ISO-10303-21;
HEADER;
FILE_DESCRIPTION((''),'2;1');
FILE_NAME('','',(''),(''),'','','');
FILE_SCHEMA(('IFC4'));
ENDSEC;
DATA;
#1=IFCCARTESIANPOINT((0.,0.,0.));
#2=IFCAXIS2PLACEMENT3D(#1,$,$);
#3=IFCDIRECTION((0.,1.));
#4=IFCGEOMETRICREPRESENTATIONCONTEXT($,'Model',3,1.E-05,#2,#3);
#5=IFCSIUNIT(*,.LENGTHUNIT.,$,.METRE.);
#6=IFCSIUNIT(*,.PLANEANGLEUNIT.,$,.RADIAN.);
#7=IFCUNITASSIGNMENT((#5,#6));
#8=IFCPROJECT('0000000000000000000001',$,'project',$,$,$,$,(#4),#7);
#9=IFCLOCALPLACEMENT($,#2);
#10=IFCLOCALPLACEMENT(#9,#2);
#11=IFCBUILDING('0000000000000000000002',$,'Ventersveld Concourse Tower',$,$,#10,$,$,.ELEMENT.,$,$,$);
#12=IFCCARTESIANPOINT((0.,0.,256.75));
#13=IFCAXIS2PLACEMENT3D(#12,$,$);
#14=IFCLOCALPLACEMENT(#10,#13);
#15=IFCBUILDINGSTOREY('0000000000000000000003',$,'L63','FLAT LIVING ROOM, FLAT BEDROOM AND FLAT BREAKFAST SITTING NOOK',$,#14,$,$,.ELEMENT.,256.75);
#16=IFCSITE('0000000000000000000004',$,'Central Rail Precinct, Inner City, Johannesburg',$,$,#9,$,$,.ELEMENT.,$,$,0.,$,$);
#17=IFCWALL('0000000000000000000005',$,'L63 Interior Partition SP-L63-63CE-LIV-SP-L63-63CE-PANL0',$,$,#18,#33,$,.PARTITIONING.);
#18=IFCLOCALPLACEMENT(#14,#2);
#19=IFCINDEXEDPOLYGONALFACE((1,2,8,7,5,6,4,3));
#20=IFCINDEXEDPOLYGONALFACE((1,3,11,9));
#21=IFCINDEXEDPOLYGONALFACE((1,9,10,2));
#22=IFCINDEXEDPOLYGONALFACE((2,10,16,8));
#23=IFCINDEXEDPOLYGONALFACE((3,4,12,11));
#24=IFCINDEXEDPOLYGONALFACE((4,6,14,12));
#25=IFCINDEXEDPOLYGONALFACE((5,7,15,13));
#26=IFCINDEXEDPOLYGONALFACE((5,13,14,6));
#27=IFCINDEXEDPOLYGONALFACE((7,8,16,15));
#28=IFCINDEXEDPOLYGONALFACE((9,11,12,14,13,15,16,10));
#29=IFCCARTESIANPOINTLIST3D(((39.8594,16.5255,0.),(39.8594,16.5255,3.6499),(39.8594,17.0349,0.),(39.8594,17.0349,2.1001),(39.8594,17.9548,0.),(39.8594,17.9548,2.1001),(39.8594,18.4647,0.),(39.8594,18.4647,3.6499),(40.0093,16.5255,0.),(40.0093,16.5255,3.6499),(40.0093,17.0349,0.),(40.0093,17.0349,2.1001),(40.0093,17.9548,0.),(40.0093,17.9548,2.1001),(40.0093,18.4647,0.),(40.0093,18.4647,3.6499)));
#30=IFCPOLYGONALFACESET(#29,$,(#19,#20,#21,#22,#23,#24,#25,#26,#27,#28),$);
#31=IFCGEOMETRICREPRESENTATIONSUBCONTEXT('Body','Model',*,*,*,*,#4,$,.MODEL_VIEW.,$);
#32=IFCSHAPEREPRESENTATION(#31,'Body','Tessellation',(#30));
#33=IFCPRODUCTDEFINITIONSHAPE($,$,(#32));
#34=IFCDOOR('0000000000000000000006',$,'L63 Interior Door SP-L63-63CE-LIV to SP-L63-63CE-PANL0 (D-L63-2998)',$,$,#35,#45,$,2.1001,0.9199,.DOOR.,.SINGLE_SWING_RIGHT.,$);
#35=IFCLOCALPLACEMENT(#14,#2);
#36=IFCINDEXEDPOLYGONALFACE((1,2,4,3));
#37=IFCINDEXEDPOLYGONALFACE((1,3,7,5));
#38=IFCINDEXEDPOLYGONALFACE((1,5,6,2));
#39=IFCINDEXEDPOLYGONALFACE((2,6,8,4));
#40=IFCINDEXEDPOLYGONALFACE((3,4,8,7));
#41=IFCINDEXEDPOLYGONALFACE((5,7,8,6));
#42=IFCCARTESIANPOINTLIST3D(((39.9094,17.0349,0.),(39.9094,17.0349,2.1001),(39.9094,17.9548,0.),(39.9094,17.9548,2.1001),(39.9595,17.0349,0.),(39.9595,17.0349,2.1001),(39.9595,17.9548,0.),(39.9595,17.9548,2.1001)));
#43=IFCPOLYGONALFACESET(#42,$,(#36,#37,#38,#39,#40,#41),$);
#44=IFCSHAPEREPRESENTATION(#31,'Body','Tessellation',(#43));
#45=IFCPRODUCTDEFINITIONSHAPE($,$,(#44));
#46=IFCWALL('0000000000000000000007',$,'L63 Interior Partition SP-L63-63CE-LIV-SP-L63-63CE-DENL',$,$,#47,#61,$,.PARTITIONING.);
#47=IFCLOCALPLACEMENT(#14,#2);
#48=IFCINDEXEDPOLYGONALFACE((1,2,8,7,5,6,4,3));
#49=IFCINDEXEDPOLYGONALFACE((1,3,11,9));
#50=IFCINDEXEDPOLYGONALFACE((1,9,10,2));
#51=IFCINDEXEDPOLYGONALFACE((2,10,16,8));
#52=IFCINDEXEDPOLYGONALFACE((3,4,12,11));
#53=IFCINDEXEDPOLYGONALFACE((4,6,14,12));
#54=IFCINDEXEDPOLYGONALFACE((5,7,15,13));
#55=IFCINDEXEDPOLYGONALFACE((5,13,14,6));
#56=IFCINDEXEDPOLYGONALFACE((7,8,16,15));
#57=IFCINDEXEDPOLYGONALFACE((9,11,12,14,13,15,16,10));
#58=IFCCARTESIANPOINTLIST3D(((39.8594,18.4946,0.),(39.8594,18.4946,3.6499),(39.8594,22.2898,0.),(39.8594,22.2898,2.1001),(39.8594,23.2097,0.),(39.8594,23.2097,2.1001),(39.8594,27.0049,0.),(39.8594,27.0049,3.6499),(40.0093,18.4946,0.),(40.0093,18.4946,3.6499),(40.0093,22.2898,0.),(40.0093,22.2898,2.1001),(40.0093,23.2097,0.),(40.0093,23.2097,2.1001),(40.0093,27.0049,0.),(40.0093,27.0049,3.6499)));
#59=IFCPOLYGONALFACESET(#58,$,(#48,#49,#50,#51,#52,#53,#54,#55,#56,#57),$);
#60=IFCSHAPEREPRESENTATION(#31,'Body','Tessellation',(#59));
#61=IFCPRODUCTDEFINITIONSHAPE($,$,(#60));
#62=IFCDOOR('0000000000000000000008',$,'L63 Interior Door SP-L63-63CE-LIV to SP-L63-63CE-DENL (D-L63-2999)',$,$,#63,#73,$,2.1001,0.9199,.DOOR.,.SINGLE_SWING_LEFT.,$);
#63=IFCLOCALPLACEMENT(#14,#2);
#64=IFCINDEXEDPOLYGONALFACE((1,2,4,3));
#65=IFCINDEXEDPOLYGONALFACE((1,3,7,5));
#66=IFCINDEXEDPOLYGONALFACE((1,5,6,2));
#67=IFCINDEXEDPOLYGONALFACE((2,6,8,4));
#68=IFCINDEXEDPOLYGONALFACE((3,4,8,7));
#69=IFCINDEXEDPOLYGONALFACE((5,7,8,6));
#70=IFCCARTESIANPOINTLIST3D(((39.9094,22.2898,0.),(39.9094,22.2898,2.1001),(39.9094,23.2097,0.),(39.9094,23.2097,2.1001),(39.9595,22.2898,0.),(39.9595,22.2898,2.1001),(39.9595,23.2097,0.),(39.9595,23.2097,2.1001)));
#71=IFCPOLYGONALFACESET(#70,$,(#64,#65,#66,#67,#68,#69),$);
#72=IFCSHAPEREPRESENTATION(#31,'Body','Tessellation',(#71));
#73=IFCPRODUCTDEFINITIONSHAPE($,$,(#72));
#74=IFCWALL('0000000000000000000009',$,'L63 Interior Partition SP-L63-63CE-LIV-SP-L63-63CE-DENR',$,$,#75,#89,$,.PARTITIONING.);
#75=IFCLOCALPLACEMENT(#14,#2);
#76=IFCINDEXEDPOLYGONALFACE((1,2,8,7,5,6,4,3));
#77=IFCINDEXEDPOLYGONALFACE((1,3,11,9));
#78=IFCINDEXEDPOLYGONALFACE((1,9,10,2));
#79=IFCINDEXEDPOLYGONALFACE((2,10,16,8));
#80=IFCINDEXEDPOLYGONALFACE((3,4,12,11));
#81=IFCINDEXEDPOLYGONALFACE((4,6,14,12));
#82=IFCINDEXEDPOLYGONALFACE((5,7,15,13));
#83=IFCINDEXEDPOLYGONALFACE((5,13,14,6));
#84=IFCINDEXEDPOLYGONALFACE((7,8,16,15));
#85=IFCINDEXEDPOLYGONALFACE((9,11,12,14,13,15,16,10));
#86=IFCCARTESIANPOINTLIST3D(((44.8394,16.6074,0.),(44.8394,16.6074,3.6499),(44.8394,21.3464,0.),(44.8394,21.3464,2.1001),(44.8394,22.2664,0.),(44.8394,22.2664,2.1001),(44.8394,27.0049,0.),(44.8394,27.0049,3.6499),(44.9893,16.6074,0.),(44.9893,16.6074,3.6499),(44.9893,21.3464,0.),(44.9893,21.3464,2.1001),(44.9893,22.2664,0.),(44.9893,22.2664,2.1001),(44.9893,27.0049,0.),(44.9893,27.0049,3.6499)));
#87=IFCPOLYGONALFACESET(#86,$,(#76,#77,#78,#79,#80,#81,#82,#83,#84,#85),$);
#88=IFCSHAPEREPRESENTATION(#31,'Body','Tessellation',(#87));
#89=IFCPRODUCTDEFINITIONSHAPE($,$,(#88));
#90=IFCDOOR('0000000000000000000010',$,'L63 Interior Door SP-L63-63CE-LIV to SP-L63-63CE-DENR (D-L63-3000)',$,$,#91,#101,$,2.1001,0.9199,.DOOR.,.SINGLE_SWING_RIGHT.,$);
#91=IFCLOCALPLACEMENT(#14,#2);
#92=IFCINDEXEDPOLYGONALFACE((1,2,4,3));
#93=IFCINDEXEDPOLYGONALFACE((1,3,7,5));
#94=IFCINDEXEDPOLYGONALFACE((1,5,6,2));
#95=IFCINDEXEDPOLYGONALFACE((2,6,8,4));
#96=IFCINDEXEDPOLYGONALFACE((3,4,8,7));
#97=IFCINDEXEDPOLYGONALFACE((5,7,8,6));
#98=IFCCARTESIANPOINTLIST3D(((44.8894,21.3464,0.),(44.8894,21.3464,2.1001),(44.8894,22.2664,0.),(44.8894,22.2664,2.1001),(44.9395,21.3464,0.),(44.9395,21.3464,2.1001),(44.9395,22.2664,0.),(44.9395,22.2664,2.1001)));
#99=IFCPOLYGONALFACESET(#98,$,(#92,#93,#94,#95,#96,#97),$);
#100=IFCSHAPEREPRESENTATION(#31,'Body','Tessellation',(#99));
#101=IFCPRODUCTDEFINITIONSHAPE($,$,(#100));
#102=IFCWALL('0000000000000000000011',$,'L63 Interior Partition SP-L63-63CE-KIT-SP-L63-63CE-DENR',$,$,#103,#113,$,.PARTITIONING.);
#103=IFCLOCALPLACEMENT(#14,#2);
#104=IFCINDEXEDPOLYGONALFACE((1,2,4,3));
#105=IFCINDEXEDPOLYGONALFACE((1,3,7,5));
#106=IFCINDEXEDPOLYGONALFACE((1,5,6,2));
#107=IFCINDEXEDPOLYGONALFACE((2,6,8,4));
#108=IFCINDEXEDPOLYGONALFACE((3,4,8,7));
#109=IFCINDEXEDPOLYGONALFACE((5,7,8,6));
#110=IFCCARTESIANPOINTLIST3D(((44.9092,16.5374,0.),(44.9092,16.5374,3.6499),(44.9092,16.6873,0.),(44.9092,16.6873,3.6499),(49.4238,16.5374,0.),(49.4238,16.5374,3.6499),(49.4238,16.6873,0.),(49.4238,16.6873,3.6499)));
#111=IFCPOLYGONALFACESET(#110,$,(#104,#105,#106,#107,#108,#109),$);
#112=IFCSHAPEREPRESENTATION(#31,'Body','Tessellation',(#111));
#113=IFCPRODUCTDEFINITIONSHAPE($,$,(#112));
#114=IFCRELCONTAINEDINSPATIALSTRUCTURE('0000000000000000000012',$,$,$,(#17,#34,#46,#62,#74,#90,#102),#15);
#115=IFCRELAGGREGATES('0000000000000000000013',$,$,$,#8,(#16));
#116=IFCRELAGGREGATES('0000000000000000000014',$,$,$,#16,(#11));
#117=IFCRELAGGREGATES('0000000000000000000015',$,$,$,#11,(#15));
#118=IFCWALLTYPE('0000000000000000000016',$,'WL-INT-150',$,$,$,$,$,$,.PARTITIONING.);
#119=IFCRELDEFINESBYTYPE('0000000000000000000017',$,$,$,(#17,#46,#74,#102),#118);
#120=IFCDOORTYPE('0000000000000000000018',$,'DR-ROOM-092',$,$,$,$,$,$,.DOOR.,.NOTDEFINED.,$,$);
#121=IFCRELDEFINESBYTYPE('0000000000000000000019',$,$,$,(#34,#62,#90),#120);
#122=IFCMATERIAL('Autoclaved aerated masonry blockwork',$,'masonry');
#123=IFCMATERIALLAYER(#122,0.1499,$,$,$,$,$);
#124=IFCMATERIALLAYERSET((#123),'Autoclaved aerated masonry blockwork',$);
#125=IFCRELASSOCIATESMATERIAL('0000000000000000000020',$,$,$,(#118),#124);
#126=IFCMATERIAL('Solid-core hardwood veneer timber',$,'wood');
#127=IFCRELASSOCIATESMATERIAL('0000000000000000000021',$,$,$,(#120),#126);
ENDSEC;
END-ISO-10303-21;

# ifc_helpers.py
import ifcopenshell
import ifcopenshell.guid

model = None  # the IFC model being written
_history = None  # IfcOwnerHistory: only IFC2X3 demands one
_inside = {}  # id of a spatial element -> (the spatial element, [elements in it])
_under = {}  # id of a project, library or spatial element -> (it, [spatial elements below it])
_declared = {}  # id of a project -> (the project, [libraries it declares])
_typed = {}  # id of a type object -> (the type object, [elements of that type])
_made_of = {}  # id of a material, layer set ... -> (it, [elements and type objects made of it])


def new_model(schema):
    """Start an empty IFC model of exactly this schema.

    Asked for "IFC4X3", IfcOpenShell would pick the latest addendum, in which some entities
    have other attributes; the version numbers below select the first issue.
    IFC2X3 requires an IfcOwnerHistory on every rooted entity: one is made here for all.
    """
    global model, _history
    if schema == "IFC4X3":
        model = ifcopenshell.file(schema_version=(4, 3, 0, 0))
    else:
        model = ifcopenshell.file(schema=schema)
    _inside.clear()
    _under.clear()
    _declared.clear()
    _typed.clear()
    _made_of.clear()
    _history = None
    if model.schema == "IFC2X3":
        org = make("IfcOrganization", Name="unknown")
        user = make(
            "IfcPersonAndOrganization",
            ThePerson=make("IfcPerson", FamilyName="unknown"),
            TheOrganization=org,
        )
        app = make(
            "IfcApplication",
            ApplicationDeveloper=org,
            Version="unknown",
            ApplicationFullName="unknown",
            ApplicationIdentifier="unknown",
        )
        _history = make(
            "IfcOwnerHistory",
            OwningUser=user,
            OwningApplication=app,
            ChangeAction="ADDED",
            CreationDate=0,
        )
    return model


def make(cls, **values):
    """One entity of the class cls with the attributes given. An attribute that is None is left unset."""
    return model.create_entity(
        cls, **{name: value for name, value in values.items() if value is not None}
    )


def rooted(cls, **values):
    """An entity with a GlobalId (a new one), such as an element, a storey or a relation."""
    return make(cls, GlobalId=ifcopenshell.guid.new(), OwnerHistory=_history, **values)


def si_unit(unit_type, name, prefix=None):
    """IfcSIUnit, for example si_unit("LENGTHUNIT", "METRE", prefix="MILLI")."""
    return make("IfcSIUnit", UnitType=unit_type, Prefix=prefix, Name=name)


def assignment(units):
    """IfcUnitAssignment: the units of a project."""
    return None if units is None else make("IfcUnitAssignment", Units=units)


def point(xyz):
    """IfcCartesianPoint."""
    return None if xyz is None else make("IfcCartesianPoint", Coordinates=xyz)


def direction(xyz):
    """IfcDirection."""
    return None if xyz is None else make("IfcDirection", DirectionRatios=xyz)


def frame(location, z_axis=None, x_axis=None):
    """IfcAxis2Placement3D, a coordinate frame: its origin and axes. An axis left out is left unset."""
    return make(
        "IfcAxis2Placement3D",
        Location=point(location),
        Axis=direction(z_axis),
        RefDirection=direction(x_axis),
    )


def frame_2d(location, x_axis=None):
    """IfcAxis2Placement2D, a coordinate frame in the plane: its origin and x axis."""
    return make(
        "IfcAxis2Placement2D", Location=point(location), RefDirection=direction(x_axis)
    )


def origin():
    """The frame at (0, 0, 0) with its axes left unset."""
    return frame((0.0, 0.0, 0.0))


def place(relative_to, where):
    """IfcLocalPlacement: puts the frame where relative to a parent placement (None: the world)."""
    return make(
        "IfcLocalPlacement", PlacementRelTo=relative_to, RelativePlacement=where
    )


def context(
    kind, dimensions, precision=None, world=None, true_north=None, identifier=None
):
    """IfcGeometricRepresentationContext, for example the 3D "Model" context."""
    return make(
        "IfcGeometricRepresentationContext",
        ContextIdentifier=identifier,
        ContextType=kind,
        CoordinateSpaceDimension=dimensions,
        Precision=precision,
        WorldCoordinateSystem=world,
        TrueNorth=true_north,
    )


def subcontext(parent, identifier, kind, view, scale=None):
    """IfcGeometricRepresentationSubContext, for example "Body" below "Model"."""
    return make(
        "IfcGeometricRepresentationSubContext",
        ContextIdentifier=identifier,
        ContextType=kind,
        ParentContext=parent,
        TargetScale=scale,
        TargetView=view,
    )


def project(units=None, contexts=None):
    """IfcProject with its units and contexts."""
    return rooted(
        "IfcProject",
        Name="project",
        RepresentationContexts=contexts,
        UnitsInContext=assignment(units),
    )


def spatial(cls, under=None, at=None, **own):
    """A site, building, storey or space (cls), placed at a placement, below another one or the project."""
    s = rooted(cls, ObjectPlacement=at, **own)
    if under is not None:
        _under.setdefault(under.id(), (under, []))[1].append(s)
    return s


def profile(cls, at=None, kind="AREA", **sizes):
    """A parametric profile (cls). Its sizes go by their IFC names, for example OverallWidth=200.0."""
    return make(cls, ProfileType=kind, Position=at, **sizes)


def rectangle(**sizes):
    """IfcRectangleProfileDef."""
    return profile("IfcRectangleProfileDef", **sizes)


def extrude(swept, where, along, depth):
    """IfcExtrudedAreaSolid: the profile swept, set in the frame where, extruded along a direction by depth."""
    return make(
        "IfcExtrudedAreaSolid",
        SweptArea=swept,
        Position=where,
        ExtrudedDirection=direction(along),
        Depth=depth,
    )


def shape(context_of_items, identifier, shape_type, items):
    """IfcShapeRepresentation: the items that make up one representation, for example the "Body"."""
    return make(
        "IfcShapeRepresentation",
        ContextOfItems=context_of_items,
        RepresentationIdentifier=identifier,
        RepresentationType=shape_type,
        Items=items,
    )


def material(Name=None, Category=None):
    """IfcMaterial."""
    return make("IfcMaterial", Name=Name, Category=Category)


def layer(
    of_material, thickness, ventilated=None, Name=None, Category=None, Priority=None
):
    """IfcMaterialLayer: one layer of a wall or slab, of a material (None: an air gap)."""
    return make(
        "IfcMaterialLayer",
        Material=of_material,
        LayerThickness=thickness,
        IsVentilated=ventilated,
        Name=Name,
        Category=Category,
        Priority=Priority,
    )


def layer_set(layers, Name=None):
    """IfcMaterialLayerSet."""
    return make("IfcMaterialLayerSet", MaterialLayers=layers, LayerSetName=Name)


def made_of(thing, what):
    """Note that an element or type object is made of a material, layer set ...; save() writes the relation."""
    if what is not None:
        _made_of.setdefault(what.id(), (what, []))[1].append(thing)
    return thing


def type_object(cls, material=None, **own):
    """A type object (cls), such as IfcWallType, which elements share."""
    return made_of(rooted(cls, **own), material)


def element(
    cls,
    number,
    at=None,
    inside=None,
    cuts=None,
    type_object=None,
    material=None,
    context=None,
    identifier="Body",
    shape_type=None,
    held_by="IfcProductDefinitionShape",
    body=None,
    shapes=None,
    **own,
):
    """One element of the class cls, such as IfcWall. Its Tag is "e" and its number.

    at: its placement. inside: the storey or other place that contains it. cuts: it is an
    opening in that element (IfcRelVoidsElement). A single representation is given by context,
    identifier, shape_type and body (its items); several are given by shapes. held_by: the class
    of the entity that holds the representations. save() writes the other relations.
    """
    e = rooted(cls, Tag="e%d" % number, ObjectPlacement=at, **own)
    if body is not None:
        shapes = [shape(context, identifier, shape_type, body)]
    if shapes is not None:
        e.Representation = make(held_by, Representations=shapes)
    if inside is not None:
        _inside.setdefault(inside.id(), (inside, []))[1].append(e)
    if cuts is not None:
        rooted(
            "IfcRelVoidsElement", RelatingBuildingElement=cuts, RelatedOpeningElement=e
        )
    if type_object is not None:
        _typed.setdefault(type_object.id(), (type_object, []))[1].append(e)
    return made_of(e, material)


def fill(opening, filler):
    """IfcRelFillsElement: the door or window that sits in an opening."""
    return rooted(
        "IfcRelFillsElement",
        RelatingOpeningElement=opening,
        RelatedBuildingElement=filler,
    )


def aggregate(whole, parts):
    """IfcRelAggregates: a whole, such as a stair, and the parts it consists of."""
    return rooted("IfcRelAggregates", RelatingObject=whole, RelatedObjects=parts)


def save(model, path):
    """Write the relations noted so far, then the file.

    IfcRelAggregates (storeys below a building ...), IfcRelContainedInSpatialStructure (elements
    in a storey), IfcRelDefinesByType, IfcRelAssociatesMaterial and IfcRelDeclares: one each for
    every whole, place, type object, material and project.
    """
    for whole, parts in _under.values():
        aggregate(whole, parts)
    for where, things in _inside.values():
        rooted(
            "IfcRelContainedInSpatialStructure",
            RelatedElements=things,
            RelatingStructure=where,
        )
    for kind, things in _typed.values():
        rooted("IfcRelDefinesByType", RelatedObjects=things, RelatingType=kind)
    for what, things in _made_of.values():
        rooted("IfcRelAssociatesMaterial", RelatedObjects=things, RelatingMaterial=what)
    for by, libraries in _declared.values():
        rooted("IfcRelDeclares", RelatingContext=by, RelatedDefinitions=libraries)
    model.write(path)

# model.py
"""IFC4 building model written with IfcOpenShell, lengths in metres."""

from ifc_helpers import new_model, si_unit, direction, frame, frame_2d, origin, place, context, subcontext, project, spatial, rectangle, extrude, material, layer, layer_set, type_object, element, fill, save


model = new_model("IFC4")

# Units and contexts
model_context = context("Model", 3, precision=1e-05, world=origin(), true_north=direction((0.0, 1.0)))
body_context = subcontext(model_context, "Body", "Model", "MODEL_VIEW")
ifc_project = project(units=[si_unit("LENGTHUNIT", "METRE"), si_unit("PLANEANGLEUNIT", "RADIAN")], contexts=[model_context])

# Site, building, storey
site_placement = place(None, origin())
site = spatial("IfcSite", under=ifc_project, at=site_placement, Name="Central Rail Precinct, Inner City, Johannesburg", CompositionType="ELEMENT", RefElevation=0.0)
building_placement = place(site_placement, origin())
building = spatial("IfcBuilding", under=site, at=building_placement, Name="Ventersveld Concourse Tower", CompositionType="ELEMENT")
storey_placement = place(building_placement, frame((0.0, 0.0, 256.75)))
storey = spatial("IfcBuildingStorey", under=building, at=storey_placement, Name="L63", Description="FLAT LIVING ROOM, FLAT BEDROOM AND FLAT BREAKFAST SITTING NOOK", CompositionType="ELEMENT", Elevation=256.75)

# Shared definitions
ifc_material_1 = material(Name="Solid-core hardwood veneer timber", Category="wood")

# Shared definitions
ifc_material_2 = material(Name="Autoclaved aerated masonry blockwork", Category="masonry")
ifc_layer_1 = layer(ifc_material_2, 0.1499)
ifc_layer_set_1 = layer_set([ifc_layer_1], Name="Autoclaved aerated masonry blockwork")
wall_type_1 = type_object("IfcWallType", Name="WL-INT-150", PredefinedType="PARTITIONING", material=ifc_layer_set_1)
door_type_1 = type_object("IfcDoorType", Name="DR-ROOM-092", OperationType="NOTDEFINED", PredefinedType="DOOR", material=ifc_material_1)

# Walls, openings, doors
wall_1_placement = place(storey_placement, frame((39.9343, 16.5254, 0.0), z_axis=(0.0, 0.0, 1.0), x_axis=(0.0, 1.0, 0.0)))
wall_1 = element("IfcWall", 1, at=wall_1_placement, inside=storey, type_object=wall_type_1, Name="L63 Interior Partition SP-L63-63CE-LIV-SP-L63-63CE-PANL0", PredefinedType="PARTITIONING", context=body_context, shape_type="SweptSolid", body=[
    extrude(rectangle(XDim=1.9392, YDim=0.1499, at=frame_2d((0.9697, 0.0))), origin(), (0.0, 0.0, 1.0), 3.6499),
])
opening_1_placement = place(wall_1_placement, frame((0.5095, 0.0, 0.0)))
opening_1 = element("IfcOpeningElement", 2, at=opening_1_placement, cuts=wall_1, PredefinedType="OPENING", context=body_context, shape_type="SweptSolid", body=[
    extrude(rectangle(XDim=0.9199, YDim=2.1001, at=frame_2d((0.46, 1.05))), frame((0.0, 0.085, 0.0), z_axis=(0.0, -1.0, 0.0), x_axis=(1.0, 0.0, 0.0)), (0.0, 0.0, 1.0), 0.1699),
])
door_1_placement = place(opening_1_placement, origin())
door_1 = element("IfcDoor", 3, at=door_1_placement, inside=storey, type_object=door_type_1, Name="L63 Interior Door SP-L63-63CE-LIV to SP-L63-63CE-PANL0 (D-L63-2998)", OperationType="SINGLE_SWING_RIGHT", OverallHeight=2.1001, OverallWidth=0.9199, PredefinedType="DOOR", context=body_context, shape_type="SweptSolid", body=[
    extrude(rectangle(XDim=0.9199, YDim=2.1001, at=frame_2d((0.46, 1.05))), frame((0.0, 0.0249, 0.0), z_axis=(0.0, -1.0, 0.0), x_axis=(1.0, 0.0, 0.0)), (0.0, 0.0, 1.0), 0.05),
])
fill(opening_1, door_1)
wall_2_placement = place(storey_placement, frame((39.9343, 18.4946, 0.0), z_axis=(0.0, 0.0, 1.0), x_axis=(0.0, 1.0, 0.0)))
wall_2 = element("IfcWall", 4, at=wall_2_placement, inside=storey, type_object=wall_type_1, Name="L63 Interior Partition SP-L63-63CE-LIV-SP-L63-63CE-DENL", PredefinedType="PARTITIONING", context=body_context, shape_type="SweptSolid", body=[
    extrude(rectangle(XDim=8.5103, YDim=0.1499, at=frame_2d((4.2551, 0.0))), origin(), (0.0, 0.0, 1.0), 3.6499),
])
opening_2_placement = place(wall_2_placement, frame((3.7952, 0.0, 0.0)))
opening_2 = element("IfcOpeningElement", 5, at=opening_2_placement, cuts=wall_2, PredefinedType="OPENING", context=body_context, shape_type="SweptSolid", body=[
    extrude(rectangle(XDim=0.9199, YDim=2.1001, at=frame_2d((0.46, 1.05))), frame((0.0, 0.085, 0.0), z_axis=(0.0, -1.0, 0.0), x_axis=(1.0, 0.0, 0.0)), (0.0, 0.0, 1.0), 0.1699),
])
door_2_placement = place(opening_2_placement, origin())
door_2 = element("IfcDoor", 6, at=door_2_placement, inside=storey, type_object=door_type_1, Name="L63 Interior Door SP-L63-63CE-LIV to SP-L63-63CE-DENL (D-L63-2999)", OperationType="SINGLE_SWING_LEFT", OverallHeight=2.1001, OverallWidth=0.9199, PredefinedType="DOOR", context=body_context, shape_type="SweptSolid", body=[
    extrude(rectangle(XDim=0.9199, YDim=2.1001, at=frame_2d((0.46, 1.05))), frame((0.0, 0.0249, 0.0), z_axis=(0.0, -1.0, 0.0), x_axis=(1.0, 0.0, 0.0)), (0.0, 0.0, 1.0), 0.05),
])
fill(opening_2, door_2)
wall_3_placement = place(storey_placement, frame((44.9143, 16.6074, 0.0), z_axis=(0.0, 0.0, 1.0), x_axis=(0.0, 1.0, 0.0)))
wall_3 = element("IfcWall", 7, at=wall_3_placement, inside=storey, type_object=wall_type_1, Name="L63 Interior Partition SP-L63-63CE-LIV-SP-L63-63CE-DENR", PredefinedType="PARTITIONING", context=body_context, shape_type="SweptSolid", body=[
    extrude(rectangle(XDim=10.3975, YDim=0.1499, at=frame_2d((5.1987, 0.0))), origin(), (0.0, 0.0, 1.0), 3.6499),
])
opening_3_placement = place(wall_3_placement, frame((4.739, 0.0, 0.0)))
opening_3 = element("IfcOpeningElement", 8, at=opening_3_placement, cuts=wall_3, PredefinedType="OPENING", context=body_context, shape_type="SweptSolid", body=[
    extrude(rectangle(XDim=0.9199, YDim=2.1001, at=frame_2d((0.46, 1.05))), frame((0.0, 0.085, 0.0), z_axis=(0.0, -1.0, 0.0), x_axis=(1.0, 0.0, 0.0)), (0.0, 0.0, 1.0), 0.1699),
])
door_3_placement = place(opening_3_placement, origin())
door_3 = element("IfcDoor", 9, at=door_3_placement, inside=storey, type_object=door_type_1, Name="L63 Interior Door SP-L63-63CE-LIV to SP-L63-63CE-DENR (D-L63-3000)", OperationType="SINGLE_SWING_RIGHT", OverallHeight=2.1001, OverallWidth=0.9199, PredefinedType="DOOR", context=body_context, shape_type="SweptSolid", body=[
    extrude(rectangle(XDim=0.9199, YDim=2.1001, at=frame_2d((0.46, 1.05))), frame((0.0, 0.0249, 0.0), z_axis=(0.0, -1.0, 0.0), x_axis=(1.0, 0.0, 0.0)), (0.0, 0.0, 1.0), 0.05),
])
fill(opening_3, door_3)

# Wall
wall_4_placement = place(storey_placement, frame((44.9092, 16.6123, 0.0), z_axis=(0.0, 0.0, 1.0), x_axis=(1.0, 0.0, 0.0)))
element("IfcWall", 10, at=wall_4_placement, inside=storey, type_object=wall_type_1, Name="L63 Interior Partition SP-L63-63CE-KIT-SP-L63-63CE-DENR", PredefinedType="PARTITIONING", context=body_context, shape_type="SweptSolid", body=[
    extrude(rectangle(XDim=4.5146, YDim=0.1499, at=frame_2d((2.2573, 0.0))), origin(), (0.0, 0.0, 1.0), 3.6499),
])

save(model, "model.ifc")
